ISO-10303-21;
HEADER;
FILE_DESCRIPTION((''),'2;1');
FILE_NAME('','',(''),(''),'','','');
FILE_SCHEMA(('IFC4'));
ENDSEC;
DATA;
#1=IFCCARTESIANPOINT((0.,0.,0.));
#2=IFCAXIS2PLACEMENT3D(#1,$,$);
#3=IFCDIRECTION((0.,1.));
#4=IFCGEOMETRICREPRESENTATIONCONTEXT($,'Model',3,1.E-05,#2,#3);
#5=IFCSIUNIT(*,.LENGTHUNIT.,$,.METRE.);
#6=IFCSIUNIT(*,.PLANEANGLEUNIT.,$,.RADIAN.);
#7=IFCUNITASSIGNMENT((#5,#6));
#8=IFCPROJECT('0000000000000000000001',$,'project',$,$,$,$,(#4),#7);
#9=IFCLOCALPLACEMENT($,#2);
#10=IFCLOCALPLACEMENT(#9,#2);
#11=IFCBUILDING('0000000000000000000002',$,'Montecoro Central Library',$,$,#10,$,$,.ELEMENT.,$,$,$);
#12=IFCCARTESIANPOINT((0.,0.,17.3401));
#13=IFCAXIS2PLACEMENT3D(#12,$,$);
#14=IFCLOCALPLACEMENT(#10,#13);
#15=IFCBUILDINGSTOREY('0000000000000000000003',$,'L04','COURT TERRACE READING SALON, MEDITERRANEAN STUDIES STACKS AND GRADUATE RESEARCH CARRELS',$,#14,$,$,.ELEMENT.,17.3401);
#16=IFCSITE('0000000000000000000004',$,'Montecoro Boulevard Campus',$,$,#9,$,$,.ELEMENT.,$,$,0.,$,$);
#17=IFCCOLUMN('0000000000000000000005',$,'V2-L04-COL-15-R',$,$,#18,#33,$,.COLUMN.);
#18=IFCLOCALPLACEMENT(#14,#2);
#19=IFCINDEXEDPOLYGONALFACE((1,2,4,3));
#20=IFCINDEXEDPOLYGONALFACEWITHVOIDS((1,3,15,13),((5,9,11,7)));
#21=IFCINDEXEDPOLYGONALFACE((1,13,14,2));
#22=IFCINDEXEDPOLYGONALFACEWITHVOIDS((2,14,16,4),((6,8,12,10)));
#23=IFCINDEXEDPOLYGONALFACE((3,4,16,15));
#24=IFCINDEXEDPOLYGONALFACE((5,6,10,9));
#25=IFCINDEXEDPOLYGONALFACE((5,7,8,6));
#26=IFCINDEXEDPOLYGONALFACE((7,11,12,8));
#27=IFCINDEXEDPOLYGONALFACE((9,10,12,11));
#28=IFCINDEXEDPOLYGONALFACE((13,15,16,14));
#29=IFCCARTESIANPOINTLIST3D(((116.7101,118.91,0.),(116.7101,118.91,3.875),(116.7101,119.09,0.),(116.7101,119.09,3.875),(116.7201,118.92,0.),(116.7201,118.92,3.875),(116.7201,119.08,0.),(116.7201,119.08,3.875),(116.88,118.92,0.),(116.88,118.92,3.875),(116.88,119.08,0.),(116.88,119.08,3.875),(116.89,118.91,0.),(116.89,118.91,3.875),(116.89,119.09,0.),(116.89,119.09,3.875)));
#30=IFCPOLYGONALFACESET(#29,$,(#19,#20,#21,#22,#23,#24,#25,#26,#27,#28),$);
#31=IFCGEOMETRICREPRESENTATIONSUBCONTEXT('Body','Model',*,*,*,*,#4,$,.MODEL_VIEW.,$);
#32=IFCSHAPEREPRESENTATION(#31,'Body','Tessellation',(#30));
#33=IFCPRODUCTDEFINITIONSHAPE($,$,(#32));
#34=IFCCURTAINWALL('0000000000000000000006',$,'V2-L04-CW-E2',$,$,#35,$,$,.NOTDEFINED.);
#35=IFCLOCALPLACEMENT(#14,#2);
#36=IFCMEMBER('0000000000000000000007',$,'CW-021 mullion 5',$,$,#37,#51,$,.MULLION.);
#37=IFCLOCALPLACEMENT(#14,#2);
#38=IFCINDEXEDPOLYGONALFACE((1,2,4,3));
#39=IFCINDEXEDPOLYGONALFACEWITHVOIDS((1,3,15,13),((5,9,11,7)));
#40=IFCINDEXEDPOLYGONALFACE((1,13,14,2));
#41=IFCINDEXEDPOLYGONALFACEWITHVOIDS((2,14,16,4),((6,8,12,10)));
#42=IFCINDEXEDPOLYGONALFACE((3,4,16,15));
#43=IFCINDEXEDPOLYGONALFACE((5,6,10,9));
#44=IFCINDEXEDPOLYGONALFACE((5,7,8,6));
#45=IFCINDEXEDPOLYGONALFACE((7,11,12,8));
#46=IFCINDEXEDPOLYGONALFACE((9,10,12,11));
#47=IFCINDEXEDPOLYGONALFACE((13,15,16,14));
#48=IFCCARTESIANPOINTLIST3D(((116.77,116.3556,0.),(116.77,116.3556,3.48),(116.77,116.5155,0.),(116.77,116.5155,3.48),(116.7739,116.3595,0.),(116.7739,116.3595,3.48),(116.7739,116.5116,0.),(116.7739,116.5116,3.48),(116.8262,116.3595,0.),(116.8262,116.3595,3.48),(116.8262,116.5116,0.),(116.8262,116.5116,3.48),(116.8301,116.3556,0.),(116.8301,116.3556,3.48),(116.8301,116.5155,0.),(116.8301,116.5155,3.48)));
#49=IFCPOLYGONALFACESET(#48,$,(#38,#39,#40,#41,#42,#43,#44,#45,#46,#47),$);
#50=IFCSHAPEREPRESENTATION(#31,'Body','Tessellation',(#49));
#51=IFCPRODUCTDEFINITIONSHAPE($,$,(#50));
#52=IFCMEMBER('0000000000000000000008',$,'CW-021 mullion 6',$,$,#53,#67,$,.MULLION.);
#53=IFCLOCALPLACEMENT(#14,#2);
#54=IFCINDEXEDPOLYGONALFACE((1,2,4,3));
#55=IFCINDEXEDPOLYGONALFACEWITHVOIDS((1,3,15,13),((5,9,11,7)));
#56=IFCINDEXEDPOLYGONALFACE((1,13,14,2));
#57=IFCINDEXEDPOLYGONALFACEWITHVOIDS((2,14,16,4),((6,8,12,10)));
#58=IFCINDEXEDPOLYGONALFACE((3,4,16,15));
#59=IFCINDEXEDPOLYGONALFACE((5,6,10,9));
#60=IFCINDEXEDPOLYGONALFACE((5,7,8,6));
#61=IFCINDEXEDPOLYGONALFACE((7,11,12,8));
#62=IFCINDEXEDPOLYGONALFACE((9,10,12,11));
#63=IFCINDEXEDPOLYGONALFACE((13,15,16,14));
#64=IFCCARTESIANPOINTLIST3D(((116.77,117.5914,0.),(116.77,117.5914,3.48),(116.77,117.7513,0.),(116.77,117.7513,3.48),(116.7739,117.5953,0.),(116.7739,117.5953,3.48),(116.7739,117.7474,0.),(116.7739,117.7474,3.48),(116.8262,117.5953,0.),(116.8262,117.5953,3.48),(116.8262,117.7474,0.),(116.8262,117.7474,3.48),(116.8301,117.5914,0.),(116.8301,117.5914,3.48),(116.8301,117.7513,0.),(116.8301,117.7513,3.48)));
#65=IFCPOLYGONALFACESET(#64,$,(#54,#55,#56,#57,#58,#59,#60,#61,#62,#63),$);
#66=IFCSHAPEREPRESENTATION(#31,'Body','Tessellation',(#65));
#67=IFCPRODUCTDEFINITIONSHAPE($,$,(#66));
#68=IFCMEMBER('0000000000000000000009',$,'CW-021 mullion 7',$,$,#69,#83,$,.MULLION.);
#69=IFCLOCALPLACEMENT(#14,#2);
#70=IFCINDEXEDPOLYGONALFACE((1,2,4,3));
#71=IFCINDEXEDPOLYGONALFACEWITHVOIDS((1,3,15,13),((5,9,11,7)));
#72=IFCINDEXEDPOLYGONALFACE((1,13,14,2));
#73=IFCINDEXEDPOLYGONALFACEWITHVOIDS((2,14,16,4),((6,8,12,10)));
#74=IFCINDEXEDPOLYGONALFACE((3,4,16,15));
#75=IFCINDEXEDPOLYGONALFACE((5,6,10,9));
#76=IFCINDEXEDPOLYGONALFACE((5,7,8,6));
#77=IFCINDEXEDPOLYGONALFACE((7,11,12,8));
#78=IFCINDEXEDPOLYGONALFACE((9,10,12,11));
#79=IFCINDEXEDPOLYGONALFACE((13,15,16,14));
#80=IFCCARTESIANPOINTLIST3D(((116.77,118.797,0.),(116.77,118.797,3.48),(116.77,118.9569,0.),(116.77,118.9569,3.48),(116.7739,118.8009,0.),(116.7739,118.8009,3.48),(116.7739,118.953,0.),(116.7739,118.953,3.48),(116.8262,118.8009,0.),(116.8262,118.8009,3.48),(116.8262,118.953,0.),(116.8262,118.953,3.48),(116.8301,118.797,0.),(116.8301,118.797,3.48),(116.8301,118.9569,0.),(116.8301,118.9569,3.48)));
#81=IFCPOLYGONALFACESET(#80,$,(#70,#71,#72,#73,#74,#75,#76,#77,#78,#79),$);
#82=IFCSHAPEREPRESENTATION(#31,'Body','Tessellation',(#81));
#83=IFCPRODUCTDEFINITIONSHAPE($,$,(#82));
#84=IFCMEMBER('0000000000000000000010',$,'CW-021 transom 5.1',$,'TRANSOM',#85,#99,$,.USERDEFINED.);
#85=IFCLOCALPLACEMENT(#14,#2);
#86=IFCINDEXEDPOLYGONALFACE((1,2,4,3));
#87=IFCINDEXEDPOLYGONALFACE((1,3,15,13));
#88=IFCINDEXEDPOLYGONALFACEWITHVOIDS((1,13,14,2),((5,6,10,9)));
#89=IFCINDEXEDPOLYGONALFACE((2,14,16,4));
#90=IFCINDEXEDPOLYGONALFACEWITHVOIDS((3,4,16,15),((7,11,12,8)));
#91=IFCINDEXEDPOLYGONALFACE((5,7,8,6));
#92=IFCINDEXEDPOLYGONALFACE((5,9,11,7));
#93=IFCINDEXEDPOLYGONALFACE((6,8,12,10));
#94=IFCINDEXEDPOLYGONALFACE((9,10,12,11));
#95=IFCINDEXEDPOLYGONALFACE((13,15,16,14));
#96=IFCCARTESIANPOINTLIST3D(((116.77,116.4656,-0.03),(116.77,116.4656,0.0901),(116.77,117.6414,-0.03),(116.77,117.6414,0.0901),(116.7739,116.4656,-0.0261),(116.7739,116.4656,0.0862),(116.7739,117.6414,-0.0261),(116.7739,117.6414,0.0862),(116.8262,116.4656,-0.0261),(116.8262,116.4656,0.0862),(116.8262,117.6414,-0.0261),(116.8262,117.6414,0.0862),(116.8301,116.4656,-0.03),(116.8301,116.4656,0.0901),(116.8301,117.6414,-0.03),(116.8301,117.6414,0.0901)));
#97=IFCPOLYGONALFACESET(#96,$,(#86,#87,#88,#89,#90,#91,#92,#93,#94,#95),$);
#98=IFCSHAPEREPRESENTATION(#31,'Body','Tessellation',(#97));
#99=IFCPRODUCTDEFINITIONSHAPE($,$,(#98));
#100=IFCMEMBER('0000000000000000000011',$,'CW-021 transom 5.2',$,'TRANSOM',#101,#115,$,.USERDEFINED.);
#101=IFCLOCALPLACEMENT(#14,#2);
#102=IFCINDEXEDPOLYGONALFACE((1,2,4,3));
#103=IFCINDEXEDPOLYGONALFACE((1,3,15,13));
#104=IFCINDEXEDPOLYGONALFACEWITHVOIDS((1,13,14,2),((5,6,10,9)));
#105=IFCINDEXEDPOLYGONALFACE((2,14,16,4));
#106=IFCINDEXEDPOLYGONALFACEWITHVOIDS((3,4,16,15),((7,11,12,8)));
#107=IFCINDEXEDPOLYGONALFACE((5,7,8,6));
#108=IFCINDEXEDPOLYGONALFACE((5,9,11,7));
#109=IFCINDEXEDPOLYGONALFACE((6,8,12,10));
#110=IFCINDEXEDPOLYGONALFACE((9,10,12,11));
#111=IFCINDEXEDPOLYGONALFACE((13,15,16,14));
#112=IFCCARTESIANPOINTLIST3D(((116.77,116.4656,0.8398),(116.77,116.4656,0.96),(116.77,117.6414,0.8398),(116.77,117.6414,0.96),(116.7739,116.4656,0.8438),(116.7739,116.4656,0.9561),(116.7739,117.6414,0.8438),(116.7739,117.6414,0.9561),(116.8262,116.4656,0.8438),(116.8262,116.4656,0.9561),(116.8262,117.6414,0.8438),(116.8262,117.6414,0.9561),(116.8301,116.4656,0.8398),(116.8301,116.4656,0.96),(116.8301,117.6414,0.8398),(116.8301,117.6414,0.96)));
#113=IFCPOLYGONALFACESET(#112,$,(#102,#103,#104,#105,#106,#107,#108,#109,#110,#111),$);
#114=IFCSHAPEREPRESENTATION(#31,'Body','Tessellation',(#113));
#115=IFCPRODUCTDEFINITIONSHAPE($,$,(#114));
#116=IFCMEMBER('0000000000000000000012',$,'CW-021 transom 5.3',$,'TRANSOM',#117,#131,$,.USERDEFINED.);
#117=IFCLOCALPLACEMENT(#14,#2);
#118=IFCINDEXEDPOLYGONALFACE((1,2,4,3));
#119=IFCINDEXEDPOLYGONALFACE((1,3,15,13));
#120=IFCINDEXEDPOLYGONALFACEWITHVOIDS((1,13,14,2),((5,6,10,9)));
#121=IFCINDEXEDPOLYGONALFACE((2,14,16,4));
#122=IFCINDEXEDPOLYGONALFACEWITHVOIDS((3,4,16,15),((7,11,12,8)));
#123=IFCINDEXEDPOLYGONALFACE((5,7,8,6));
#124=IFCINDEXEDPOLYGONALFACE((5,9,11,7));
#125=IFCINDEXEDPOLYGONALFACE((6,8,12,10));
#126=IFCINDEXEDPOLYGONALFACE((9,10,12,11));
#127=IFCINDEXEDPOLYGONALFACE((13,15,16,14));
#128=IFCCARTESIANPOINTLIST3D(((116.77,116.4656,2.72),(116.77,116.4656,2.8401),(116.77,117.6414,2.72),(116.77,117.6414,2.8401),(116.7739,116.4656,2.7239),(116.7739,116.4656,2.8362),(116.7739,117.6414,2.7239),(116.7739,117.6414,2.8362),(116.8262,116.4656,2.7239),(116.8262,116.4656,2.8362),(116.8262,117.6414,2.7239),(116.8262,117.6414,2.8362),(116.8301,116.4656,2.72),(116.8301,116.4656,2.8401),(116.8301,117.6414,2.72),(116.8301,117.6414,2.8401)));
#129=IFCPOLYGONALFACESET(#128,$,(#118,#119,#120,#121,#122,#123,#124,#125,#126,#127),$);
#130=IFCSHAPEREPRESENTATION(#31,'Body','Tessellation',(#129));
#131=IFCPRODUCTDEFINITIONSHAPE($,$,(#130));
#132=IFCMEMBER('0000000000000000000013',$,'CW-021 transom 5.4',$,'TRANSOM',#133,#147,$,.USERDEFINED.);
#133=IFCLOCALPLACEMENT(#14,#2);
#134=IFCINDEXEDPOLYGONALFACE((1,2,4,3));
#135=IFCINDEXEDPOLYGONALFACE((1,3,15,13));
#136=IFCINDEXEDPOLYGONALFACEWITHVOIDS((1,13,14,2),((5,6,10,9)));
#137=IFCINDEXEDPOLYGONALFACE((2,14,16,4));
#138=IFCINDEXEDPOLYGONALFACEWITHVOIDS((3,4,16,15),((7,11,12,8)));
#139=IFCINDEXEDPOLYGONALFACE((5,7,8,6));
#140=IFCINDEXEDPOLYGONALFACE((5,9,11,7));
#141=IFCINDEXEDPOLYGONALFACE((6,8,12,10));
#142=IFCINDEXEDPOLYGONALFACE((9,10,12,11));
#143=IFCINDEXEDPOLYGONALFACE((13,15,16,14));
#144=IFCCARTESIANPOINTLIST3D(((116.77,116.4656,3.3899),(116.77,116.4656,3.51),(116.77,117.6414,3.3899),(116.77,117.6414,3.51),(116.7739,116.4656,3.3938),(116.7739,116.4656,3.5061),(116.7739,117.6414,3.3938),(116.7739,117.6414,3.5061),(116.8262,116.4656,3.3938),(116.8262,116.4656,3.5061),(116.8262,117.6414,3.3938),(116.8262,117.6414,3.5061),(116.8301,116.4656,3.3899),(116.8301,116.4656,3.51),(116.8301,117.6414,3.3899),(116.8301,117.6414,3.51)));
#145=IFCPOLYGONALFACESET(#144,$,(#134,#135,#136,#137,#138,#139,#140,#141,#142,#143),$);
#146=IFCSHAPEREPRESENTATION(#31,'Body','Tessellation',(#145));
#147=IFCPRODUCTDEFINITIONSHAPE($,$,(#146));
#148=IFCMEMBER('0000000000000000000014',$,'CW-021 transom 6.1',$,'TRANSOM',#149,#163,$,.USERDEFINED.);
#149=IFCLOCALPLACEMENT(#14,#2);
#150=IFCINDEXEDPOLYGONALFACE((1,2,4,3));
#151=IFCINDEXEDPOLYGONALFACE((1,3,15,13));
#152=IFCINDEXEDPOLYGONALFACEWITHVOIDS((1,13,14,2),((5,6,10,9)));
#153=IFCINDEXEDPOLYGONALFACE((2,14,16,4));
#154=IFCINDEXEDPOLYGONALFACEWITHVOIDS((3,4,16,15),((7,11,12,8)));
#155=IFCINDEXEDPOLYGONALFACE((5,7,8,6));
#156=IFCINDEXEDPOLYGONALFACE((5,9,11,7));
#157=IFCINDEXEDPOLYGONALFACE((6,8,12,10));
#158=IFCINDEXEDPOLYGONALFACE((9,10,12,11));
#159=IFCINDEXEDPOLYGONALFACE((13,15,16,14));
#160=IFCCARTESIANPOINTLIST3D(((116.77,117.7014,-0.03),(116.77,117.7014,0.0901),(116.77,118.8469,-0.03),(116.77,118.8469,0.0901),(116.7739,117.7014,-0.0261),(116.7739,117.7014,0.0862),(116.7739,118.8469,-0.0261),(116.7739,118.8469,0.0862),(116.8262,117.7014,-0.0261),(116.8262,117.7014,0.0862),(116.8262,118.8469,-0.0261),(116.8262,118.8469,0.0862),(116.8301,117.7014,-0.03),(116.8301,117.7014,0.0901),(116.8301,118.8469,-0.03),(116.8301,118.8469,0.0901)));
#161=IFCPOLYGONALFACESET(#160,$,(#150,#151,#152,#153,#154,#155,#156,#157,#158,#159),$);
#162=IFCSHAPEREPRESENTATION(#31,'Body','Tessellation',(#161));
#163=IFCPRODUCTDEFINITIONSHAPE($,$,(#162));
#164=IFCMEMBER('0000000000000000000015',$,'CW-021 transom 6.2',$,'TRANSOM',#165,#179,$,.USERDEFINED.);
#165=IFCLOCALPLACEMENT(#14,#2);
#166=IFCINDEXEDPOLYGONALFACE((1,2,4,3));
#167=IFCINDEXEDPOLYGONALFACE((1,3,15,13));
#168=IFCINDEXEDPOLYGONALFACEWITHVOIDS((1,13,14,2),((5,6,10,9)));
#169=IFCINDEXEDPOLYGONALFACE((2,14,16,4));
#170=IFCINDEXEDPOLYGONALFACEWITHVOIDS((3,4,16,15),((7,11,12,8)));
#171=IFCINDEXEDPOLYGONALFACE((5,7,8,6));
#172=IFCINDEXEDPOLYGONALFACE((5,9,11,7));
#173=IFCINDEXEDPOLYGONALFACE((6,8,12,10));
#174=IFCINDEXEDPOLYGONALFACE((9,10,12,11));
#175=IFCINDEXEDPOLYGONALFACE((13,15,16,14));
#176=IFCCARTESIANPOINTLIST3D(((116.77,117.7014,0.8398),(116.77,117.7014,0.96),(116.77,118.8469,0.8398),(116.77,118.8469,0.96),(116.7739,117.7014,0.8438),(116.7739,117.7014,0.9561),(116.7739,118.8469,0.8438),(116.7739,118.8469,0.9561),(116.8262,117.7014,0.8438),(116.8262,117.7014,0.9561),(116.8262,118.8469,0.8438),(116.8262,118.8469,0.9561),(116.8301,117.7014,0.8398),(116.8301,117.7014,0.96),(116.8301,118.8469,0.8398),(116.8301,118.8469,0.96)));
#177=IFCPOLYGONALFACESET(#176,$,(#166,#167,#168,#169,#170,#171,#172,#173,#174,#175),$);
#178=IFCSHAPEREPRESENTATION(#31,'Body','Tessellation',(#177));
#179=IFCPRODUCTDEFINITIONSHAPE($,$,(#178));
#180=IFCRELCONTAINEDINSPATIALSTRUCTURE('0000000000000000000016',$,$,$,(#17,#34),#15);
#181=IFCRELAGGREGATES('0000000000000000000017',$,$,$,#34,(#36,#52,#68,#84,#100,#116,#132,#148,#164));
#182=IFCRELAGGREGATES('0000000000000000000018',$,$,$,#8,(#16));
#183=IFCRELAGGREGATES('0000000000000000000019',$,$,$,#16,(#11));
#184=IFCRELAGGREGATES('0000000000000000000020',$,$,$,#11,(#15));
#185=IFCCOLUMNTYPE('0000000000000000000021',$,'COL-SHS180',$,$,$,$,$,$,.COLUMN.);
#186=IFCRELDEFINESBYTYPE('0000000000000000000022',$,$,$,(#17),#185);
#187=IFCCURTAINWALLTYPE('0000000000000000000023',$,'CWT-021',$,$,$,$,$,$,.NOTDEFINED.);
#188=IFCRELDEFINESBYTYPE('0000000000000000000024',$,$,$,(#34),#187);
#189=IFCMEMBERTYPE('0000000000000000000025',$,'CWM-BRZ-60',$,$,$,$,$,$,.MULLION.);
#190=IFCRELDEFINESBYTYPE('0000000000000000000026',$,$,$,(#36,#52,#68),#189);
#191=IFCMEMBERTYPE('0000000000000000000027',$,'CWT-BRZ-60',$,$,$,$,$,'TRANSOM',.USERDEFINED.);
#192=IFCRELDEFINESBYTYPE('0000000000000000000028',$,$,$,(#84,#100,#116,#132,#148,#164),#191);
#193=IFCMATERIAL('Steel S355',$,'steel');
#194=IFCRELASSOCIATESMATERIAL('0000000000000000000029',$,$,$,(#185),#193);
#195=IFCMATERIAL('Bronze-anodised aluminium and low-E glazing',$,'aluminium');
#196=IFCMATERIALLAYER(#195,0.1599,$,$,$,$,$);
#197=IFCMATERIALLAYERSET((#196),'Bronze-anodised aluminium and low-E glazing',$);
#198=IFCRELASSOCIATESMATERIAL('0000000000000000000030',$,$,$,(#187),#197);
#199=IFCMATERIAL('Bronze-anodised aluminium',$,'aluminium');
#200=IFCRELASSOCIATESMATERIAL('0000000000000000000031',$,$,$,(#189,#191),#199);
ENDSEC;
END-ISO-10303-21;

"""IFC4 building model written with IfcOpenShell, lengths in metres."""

from ifc_helpers import new_model, si_unit, direction, frame, origin, origin_2d, place, context, subcontext, project, spatial, hollow_rectangle, extrude, material, layer, layer_set, material_profile, profile_set, type_object, element, aggregate, save


model = new_model("IFC4")

# Units and contexts
model_context = context("Model", 3, precision=1e-05, world=origin(), true_north=direction((0.0, 1.0)))
body_context = subcontext(model_context, "Body", "Model", "MODEL_VIEW")
ifc_project = project(units=[si_unit("LENGTHUNIT", "METRE"), si_unit("PLANEANGLEUNIT", "RADIAN")], contexts=[model_context])

# Site, building, storey
site_placement = place(None, origin())
site = spatial("IfcSite", under=ifc_project, at=site_placement, Name="Montecoro Boulevard Campus", CompositionType="ELEMENT", RefElevation=0.0)
building_placement = place(site_placement, origin())
building = spatial("IfcBuilding", under=site, at=building_placement, Name="Montecoro Central Library", CompositionType="ELEMENT")
storey_placement = place(building_placement, frame((0.0, 0.0, 17.3401)))
storey = spatial("IfcBuildingStorey", under=building, at=storey_placement, Name="L04", Description="COURT TERRACE READING SALON, MEDITERRANEAN STUDIES STACKS AND GRADUATE RESEARCH CARRELS", CompositionType="ELEMENT", Elevation=17.3401)

# Column
ifc_material_1 = material(Name="Steel S355", Category="steel")
ifc_material_profile_1 = material_profile(ifc_material_1, hollow_rectangle(XDim=0.1799, YDim=0.1799, WallThickness=0.01, at=origin_2d()), Name="SHS 180x180x10.0")
ifc_profile_set_1 = profile_set([ifc_material_profile_1], Name="Steel S355")
column_type = type_object("IfcColumnType", Name="COL-SHS180", PredefinedType="COLUMN", material=ifc_profile_set_1)
column_placement = place(storey_placement, frame((116.8, 119.0, 0.0), z_axis=(0.0, 0.0, 1.0), x_axis=(1.0, 0.0, 0.0)))
element("IfcColumn", 1, at=column_placement, inside=storey, type_object=column_type, Name="V2-L04-COL-15-R", PredefinedType="COLUMN", context=body_context, shape_type="SweptSolid", body=[
    extrude(hollow_rectangle(XDim=0.1799, YDim=0.1799, WallThickness=0.01, at=origin_2d()), origin(), (0.0, 0.0, 1.0), 3.875),
])

# Curtain wall, members
ifc_material_2 = material(Name="Bronze-anodised aluminium and low-E glazing", Category="aluminium")
ifc_layer_1 = layer(ifc_material_2, 0.1599)
ifc_layer_set_1 = layer_set([ifc_layer_1], Name="Bronze-anodised aluminium and low-E glazing")
curtain_wall_type = type_object("IfcCurtainWallType", Name="CWT-021", PredefinedType="NOTDEFINED", material=ifc_layer_set_1)
curtain_wall_placement = place(storey_placement, origin())
curtain_wall = element("IfcCurtainWall", 2, at=curtain_wall_placement, inside=storey, type_object=curtain_wall_type, Name="V2-L04-CW-E2", PredefinedType="NOTDEFINED")
ifc_material_3 = material(Name="Bronze-anodised aluminium", Category="aluminium")
ifc_material_profile_2 = material_profile(ifc_material_3, hollow_rectangle(XDim=0.0601, YDim=0.1599, WallThickness=0.0039, at=origin_2d()), Name="CWM 160x60x4.0")
ifc_profile_set_2 = profile_set([ifc_material_profile_2], Name="Bronze-anodised aluminium")
member_type_1 = type_object("IfcMemberType", Name="CWM-BRZ-60", PredefinedType="MULLION", material=ifc_profile_set_2)
member_1_placement = place(storey_placement, frame((116.8, 116.4355, 0.0), z_axis=(0.0, 0.0, 1.0), x_axis=(-1.0, 0.0, 0.0)))
member_1 = element("IfcMember", 3, at=member_1_placement, type_object=member_type_1, Name="CW-021 mullion 5", PredefinedType="MULLION", context=body_context, shape_type="SweptSolid", body=[
    extrude(hollow_rectangle(XDim=0.0601, YDim=0.1599, WallThickness=0.0039, at=origin_2d()), origin(), (0.0, 0.0, 1.0), 3.48),
])
member_2_placement = place(storey_placement, frame((116.8, 117.6714, 0.0), z_axis=(0.0, 0.0, 1.0), x_axis=(-1.0, 0.0, 0.0)))
member_2 = element("IfcMember", 4, at=member_2_placement, type_object=member_type_1, Name="CW-021 mullion 6", PredefinedType="MULLION", context=body_context, shape_type="SweptSolid", body=[
    extrude(hollow_rectangle(XDim=0.0601, YDim=0.1599, WallThickness=0.0039, at=origin_2d()), origin(), (0.0, 0.0, 1.0), 3.48),
])
member_3_placement = place(storey_placement, frame((116.8, 118.877, 0.0), z_axis=(0.0, 0.0, 1.0), x_axis=(-1.0, 0.0, 0.0)))
member_3 = element("IfcMember", 5, at=member_3_placement, type_object=member_type_1, Name="CW-021 mullion 7", PredefinedType="MULLION", context=body_context, shape_type="SweptSolid", body=[
    extrude(hollow_rectangle(XDim=0.0601, YDim=0.1599, WallThickness=0.0039, at=origin_2d()), origin(), (0.0, 0.0, 1.0), 3.48),
])
ifc_material_profile_3 = material_profile(ifc_material_3, hollow_rectangle(XDim=0.0601, YDim=0.1201, WallThickness=0.0039, at=origin_2d()), Name="CWT 120x60x4.0")
ifc_profile_set_3 = profile_set([ifc_material_profile_3], Name="Bronze-anodised aluminium")
member_type_2 = type_object("IfcMemberType", Name="CWT-BRZ-60", ElementType="TRANSOM", PredefinedType="USERDEFINED", material=ifc_profile_set_3)
member_4_placement = place(storey_placement, frame((116.8, 116.4656, 0.03), z_axis=(0.0, 1.0, 0.0), x_axis=(-1.0, 0.0, 0.0)))
member_4 = element("IfcMember", 6, at=member_4_placement, type_object=member_type_2, Name="CW-021 transom 5.1", ObjectType="TRANSOM", PredefinedType="USERDEFINED", context=body_context, shape_type="SweptSolid", body=[
    extrude(hollow_rectangle(XDim=0.0601, YDim=0.1201, WallThickness=0.0039, at=origin_2d()), origin(), (0.0, 0.0, 1.0), 1.1758),
])
member_5_placement = place(storey_placement, frame((116.8, 116.4656, 0.8999), z_axis=(0.0, 1.0, 0.0), x_axis=(-1.0, 0.0, 0.0)))
member_5 = element("IfcMember", 7, at=member_5_placement, type_object=member_type_2, Name="CW-021 transom 5.2", ObjectType="TRANSOM", PredefinedType="USERDEFINED", context=body_context, shape_type="SweptSolid", body=[
    extrude(hollow_rectangle(XDim=0.0601, YDim=0.1201, WallThickness=0.0039, at=origin_2d()), origin(), (0.0, 0.0, 1.0), 1.1758),
])
member_6_placement = place(storey_placement, frame((116.8, 116.4656, 2.78), z_axis=(0.0, 1.0, 0.0), x_axis=(-1.0, 0.0, 0.0)))
member_6 = element("IfcMember", 8, at=member_6_placement, type_object=member_type_2, Name="CW-021 transom 5.3", ObjectType="TRANSOM", PredefinedType="USERDEFINED", context=body_context, shape_type="SweptSolid", body=[
    extrude(hollow_rectangle(XDim=0.0601, YDim=0.1201, WallThickness=0.0039, at=origin_2d()), origin(), (0.0, 0.0, 1.0), 1.1758),
])
member_7_placement = place(storey_placement, frame((116.8, 116.4656, 3.45), z_axis=(0.0, 1.0, 0.0), x_axis=(-1.0, 0.0, 0.0)))
member_7 = element("IfcMember", 9, at=member_7_placement, type_object=member_type_2, Name="CW-021 transom 5.4", ObjectType="TRANSOM", PredefinedType="USERDEFINED", context=body_context, shape_type="SweptSolid", body=[
    extrude(hollow_rectangle(XDim=0.0601, YDim=0.1201, WallThickness=0.0039, at=origin_2d()), origin(), (0.0, 0.0, 1.0), 1.1758),
])
member_8_placement = place(storey_placement, frame((116.8, 117.7014, 0.03), z_axis=(0.0, 1.0, 0.0), x_axis=(-1.0, 0.0, 0.0)))
member_8 = element("IfcMember", 10, at=member_8_placement, type_object=member_type_2, Name="CW-021 transom 6.1", ObjectType="TRANSOM", PredefinedType="USERDEFINED", context=body_context, shape_type="SweptSolid", body=[
    extrude(hollow_rectangle(XDim=0.0601, YDim=0.1201, WallThickness=0.0039, at=origin_2d()), origin(), (0.0, 0.0, 1.0), 1.1455),
])
member_9_placement = place(storey_placement, frame((116.8, 117.7014, 0.8999), z_axis=(0.0, 1.0, 0.0), x_axis=(-1.0, 0.0, 0.0)))
member_9 = element("IfcMember", 11, at=member_9_placement, type_object=member_type_2, Name="CW-021 transom 6.2", ObjectType="TRANSOM", PredefinedType="USERDEFINED", context=body_context, shape_type="SweptSolid", body=[
    extrude(hollow_rectangle(XDim=0.0601, YDim=0.1201, WallThickness=0.0039, at=origin_2d()), origin(), (0.0, 0.0, 1.0), 1.1455),
])
aggregate(curtain_wall, [member_1, member_2, member_3, member_4, member_5, member_6, member_7, member_8, member_9])

save(model, "model.ifc")
